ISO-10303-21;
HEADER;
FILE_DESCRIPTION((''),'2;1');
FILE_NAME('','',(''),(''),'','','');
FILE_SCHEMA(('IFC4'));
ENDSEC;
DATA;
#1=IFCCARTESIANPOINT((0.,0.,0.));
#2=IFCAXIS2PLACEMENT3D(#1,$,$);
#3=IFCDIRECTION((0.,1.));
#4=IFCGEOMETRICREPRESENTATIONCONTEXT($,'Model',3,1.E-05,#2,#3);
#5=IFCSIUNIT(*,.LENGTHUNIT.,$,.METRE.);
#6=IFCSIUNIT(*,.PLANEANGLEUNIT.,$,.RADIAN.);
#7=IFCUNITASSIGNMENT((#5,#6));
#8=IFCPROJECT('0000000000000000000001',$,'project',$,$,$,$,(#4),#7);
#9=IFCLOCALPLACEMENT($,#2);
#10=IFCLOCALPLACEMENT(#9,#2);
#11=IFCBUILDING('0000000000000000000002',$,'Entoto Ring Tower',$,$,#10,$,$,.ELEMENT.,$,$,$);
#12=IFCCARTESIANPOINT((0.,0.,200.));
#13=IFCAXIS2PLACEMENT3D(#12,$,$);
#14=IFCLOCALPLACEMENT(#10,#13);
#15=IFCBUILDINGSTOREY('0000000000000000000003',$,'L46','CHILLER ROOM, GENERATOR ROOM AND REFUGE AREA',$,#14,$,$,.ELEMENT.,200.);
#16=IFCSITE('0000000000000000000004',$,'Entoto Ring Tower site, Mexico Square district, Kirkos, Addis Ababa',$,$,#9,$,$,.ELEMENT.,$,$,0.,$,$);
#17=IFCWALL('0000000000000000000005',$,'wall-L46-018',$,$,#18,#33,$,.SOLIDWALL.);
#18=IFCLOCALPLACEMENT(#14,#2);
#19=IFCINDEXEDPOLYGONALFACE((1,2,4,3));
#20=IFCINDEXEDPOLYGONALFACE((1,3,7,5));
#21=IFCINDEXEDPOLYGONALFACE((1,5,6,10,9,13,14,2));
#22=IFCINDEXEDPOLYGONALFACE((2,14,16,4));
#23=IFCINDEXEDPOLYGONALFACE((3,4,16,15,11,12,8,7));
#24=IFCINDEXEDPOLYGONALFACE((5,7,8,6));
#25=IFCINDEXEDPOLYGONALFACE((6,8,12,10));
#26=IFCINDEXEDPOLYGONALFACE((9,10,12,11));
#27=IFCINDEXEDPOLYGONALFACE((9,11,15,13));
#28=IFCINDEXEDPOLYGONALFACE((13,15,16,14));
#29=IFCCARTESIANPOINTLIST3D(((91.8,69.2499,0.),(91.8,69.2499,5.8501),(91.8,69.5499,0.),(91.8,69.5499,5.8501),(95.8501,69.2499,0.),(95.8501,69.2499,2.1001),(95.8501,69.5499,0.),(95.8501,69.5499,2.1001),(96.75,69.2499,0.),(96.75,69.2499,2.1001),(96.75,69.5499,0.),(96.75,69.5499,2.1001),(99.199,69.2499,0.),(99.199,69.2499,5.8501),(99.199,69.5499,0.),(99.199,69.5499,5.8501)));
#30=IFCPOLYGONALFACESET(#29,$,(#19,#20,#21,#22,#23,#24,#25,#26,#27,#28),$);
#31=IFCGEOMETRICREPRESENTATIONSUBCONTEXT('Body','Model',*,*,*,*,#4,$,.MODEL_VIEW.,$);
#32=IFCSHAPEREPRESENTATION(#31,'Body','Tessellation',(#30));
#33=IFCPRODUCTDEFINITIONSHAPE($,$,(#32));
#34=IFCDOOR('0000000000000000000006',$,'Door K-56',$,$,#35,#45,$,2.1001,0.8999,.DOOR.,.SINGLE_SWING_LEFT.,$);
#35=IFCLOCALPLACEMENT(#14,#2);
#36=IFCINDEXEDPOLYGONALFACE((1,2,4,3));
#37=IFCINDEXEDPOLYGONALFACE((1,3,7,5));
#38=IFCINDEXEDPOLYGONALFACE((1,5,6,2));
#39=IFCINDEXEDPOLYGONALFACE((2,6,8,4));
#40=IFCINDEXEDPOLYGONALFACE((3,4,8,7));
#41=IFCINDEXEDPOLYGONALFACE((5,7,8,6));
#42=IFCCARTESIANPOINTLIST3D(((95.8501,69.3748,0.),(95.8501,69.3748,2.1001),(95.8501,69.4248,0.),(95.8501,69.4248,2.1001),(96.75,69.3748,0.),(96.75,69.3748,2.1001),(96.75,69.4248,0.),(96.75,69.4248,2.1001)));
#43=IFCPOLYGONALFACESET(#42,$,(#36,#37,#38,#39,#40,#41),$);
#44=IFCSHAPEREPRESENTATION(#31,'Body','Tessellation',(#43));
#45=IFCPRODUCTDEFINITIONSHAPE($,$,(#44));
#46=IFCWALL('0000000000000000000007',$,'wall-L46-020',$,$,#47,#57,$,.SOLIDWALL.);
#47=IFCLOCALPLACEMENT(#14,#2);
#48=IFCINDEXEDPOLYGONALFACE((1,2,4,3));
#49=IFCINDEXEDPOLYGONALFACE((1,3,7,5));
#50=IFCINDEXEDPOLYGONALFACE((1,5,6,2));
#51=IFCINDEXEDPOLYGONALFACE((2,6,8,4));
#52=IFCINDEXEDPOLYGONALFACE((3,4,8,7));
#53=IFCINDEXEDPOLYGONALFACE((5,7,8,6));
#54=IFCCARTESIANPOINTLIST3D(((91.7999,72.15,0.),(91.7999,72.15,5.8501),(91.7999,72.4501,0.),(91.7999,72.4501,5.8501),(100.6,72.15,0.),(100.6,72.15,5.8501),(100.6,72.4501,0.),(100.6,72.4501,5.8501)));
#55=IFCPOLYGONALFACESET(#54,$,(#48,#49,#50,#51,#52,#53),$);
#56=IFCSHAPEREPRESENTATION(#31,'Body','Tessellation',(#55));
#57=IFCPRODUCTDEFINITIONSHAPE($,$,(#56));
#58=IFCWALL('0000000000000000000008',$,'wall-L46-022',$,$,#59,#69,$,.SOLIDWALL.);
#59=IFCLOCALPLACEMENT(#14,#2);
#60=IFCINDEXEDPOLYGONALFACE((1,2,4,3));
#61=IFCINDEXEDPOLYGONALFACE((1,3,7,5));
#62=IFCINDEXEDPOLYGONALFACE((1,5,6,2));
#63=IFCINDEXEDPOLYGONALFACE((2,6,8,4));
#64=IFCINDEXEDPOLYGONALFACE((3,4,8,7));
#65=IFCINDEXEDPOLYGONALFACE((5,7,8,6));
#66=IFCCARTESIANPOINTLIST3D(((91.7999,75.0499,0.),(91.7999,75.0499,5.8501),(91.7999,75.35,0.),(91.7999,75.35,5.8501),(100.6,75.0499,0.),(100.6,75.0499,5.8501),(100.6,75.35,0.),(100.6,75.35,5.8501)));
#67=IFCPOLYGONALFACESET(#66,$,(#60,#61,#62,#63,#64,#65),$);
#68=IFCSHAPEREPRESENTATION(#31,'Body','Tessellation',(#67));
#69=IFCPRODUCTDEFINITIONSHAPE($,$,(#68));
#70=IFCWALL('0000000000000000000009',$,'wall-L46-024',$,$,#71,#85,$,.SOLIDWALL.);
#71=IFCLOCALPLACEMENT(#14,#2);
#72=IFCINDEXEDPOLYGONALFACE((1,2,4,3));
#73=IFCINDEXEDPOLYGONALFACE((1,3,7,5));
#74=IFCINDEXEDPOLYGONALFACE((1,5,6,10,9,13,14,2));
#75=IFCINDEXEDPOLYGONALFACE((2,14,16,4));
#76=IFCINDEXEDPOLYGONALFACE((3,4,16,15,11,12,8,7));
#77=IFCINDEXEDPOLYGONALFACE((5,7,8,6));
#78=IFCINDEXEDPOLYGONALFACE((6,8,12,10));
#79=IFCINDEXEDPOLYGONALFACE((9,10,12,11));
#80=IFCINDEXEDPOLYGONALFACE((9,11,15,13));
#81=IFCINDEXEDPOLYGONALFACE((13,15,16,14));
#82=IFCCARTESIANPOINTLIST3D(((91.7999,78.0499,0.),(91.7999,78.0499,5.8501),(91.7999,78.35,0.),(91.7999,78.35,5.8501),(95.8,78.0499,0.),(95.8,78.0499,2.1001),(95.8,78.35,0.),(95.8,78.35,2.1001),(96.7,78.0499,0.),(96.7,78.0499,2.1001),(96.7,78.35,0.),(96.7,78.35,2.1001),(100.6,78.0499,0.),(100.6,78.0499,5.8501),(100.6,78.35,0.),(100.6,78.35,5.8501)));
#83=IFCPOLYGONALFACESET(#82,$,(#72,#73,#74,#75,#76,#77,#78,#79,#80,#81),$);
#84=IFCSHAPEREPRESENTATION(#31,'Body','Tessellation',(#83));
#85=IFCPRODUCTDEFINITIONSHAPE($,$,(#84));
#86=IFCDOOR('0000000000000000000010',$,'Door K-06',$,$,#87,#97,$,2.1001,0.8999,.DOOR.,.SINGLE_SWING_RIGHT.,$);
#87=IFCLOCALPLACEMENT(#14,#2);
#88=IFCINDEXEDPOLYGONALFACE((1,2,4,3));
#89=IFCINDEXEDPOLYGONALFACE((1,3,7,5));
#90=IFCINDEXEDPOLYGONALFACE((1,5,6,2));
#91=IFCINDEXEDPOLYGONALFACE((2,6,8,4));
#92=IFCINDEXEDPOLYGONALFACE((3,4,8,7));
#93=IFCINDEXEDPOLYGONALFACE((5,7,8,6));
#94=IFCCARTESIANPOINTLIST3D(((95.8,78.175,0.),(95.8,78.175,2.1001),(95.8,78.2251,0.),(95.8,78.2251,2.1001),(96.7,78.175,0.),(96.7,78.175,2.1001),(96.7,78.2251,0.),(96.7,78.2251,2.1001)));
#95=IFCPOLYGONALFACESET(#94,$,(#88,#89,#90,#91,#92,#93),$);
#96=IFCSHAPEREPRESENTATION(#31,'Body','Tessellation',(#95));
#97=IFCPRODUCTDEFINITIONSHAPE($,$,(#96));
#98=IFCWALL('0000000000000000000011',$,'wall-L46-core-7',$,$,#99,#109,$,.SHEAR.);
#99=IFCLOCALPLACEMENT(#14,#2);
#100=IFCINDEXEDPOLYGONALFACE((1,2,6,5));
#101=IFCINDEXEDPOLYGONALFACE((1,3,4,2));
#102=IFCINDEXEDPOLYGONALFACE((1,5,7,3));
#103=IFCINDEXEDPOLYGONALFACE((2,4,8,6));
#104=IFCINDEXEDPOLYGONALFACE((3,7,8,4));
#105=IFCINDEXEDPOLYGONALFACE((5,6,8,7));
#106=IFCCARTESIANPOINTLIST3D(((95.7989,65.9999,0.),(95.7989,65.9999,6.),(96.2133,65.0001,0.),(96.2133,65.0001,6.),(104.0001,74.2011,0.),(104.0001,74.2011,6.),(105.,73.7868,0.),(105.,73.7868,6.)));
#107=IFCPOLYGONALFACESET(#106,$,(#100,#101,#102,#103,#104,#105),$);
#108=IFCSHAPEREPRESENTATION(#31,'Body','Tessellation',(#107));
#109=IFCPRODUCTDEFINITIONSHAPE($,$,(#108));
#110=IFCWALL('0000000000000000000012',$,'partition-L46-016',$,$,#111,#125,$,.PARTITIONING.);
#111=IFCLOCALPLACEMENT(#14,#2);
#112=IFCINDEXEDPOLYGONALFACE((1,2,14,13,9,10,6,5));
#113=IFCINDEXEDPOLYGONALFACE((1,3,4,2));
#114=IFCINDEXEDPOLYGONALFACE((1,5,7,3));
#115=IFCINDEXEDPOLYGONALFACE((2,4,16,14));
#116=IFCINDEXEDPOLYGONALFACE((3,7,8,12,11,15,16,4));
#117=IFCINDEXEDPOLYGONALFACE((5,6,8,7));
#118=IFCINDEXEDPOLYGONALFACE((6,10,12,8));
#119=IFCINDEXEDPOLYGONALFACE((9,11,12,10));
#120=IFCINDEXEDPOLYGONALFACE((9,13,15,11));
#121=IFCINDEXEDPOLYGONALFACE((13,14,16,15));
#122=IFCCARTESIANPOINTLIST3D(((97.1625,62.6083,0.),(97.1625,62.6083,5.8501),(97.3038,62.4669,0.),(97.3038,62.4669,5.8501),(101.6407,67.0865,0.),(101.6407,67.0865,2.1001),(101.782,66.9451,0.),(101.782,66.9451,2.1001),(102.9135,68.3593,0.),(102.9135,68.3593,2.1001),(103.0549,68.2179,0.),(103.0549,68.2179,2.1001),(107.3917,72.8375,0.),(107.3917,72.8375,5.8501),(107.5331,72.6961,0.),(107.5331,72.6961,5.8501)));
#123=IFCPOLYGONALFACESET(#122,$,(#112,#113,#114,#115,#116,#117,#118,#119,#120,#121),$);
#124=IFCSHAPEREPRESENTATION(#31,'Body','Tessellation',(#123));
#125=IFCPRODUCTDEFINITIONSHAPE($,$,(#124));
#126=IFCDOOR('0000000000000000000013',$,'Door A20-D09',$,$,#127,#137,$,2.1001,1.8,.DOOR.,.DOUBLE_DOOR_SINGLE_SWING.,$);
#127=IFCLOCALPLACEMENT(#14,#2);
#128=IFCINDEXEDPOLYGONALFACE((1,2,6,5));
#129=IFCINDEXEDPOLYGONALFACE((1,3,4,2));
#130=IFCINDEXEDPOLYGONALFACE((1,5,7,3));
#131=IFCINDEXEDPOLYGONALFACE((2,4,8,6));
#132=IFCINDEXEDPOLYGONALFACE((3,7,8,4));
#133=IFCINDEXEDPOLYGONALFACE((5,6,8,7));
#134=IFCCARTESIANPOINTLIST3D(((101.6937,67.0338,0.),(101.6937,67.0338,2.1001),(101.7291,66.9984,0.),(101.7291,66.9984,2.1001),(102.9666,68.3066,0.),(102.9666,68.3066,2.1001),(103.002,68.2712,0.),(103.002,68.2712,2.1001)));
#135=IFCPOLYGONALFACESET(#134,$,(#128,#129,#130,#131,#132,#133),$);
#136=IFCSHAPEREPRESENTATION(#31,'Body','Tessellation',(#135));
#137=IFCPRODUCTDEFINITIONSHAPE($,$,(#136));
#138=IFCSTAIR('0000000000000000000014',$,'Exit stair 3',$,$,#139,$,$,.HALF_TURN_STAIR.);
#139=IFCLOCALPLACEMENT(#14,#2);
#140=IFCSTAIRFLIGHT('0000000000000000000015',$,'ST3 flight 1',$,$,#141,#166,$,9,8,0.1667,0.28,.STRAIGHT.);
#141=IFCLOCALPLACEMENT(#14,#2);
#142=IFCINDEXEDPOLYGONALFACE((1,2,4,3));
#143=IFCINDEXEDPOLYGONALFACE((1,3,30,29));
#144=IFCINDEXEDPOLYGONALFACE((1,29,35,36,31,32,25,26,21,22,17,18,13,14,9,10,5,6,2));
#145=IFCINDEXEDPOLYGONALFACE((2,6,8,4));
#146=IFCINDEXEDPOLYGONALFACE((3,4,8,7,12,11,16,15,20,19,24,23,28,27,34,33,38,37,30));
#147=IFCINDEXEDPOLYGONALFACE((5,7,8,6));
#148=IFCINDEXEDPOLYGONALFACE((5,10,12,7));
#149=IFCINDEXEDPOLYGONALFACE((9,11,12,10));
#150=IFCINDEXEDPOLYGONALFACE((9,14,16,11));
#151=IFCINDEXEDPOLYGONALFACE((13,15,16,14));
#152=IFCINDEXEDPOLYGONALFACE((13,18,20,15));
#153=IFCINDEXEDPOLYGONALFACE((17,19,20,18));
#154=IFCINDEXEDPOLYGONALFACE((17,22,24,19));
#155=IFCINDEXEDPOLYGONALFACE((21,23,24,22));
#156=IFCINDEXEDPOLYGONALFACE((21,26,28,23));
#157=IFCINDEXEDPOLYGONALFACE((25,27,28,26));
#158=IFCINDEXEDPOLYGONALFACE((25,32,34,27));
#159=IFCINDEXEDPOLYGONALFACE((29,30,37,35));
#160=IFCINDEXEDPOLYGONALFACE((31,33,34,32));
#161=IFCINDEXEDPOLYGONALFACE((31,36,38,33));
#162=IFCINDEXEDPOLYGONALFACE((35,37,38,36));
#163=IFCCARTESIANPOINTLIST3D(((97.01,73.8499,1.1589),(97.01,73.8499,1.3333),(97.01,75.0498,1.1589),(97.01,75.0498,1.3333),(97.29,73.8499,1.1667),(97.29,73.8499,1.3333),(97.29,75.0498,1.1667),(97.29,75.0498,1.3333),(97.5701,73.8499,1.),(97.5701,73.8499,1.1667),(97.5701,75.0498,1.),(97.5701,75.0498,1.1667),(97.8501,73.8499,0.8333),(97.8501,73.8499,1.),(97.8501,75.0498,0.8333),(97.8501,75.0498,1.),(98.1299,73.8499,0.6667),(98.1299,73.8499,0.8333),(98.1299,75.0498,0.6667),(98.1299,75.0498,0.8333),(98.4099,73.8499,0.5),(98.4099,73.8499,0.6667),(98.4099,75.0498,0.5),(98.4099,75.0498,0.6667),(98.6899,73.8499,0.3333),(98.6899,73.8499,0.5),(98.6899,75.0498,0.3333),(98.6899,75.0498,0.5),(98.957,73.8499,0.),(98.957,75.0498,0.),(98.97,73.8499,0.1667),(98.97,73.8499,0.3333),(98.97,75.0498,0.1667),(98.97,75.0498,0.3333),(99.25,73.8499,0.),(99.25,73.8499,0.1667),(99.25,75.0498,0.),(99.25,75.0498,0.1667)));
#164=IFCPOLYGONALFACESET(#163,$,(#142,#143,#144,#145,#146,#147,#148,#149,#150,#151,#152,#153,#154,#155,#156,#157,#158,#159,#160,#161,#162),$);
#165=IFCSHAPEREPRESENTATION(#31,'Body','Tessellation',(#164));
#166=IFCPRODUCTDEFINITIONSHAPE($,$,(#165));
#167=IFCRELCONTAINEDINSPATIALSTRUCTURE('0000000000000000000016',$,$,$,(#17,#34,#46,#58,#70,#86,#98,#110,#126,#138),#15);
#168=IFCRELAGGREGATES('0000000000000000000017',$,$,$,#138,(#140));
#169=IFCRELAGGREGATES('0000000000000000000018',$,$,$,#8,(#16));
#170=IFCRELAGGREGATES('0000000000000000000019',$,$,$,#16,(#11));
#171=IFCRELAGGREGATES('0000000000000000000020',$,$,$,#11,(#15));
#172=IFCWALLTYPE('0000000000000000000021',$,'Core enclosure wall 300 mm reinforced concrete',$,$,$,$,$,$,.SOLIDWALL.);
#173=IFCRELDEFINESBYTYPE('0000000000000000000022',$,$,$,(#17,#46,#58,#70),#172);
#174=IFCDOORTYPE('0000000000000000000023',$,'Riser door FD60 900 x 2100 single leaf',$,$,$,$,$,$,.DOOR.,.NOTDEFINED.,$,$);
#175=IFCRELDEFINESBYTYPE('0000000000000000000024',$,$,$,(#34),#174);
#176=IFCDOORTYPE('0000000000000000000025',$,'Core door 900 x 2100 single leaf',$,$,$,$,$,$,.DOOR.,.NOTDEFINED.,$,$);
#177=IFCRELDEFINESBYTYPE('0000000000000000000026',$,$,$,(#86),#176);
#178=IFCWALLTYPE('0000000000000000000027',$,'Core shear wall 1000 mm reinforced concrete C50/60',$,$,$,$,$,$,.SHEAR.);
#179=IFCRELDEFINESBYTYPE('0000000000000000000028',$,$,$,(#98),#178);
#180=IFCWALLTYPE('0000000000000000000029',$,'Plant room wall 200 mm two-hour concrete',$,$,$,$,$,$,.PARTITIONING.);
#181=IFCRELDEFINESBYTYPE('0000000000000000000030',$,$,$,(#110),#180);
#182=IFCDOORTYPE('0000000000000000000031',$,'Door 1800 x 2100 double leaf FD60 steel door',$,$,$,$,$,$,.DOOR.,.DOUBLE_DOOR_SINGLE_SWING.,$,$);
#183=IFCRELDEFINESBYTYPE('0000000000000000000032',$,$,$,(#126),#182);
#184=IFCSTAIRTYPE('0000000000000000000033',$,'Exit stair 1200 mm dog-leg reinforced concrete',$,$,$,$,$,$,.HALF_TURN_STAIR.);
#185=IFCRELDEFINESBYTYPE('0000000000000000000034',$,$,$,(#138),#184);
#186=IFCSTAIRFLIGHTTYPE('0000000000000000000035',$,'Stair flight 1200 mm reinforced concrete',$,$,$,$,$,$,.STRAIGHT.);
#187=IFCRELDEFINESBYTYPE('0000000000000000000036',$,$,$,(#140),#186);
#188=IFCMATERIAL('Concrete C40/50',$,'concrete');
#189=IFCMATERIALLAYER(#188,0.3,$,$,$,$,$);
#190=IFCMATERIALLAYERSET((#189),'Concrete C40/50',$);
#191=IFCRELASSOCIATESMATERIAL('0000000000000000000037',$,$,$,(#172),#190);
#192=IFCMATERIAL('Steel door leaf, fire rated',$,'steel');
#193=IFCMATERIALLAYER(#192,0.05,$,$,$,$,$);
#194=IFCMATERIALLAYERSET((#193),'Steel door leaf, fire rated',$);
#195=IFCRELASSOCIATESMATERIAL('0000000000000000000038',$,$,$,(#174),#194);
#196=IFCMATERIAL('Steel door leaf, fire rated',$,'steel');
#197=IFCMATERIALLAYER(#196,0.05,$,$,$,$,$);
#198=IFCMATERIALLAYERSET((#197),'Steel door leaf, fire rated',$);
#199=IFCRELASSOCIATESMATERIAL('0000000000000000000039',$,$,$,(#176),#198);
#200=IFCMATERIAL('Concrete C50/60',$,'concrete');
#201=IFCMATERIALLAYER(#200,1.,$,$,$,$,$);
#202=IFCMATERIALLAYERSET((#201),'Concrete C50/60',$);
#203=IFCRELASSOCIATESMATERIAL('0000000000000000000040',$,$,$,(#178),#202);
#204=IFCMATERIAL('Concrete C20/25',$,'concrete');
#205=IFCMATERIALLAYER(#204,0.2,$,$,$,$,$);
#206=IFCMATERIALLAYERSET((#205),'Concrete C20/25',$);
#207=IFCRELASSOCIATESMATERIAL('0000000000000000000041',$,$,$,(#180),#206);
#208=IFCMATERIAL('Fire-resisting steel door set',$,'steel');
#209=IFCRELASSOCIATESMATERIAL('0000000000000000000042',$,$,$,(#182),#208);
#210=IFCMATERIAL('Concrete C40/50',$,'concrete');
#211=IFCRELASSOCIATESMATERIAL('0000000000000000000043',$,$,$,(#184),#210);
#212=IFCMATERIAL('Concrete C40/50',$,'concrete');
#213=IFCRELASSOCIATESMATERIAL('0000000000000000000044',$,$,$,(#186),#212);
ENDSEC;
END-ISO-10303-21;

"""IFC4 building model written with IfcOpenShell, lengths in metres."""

from ifc_helpers import new_model, si_unit, direction, frame, frame_2d, origin, place, context, subcontext, project, spatial, polyline, rectangle, outline, extrude, material, layer, layer_set, type_object, element, fill, aggregate, save


model = new_model("IFC4")

# Units and contexts
model_context = context("Model", 3, precision=1e-05, world=origin(), true_north=direction((0.0, 1.0)))
body_context = subcontext(model_context, "Body", "Model", "MODEL_VIEW")
ifc_project = project(units=[si_unit("LENGTHUNIT", "METRE"), si_unit("PLANEANGLEUNIT", "RADIAN")], contexts=[model_context])

# Site, building, storey
site_placement = place(None, origin())
site = spatial("IfcSite", under=ifc_project, at=site_placement, Name="Entoto Ring Tower site, Mexico Square district, Kirkos, Addis Ababa", CompositionType="ELEMENT", RefElevation=0.0)
building_placement = place(site_placement, origin())
building = spatial("IfcBuilding", under=site, at=building_placement, Name="Entoto Ring Tower", CompositionType="ELEMENT")
storey_placement = place(building_placement, frame((0.0, 0.0, 200.0)))
storey = spatial("IfcBuildingStorey", under=building, at=storey_placement, Name="L46", Description="CHILLER ROOM, GENERATOR ROOM AND REFUGE AREA", CompositionType="ELEMENT", Elevation=200.0)

# Shared definitions
ifc_material_1 = material(Name="Concrete C40/50", Category="concrete")
ifc_layer_1 = layer(ifc_material_1, 0.3)
ifc_layer_set_1 = layer_set([ifc_layer_1], Name="Concrete C40/50")
wall_type_1 = type_object("IfcWallType", Name="Core enclosure wall 300 mm reinforced concrete", PredefinedType="SOLIDWALL", material=ifc_layer_set_1)

# Wall, opening, door
wall_1_placement = place(storey_placement, frame((91.8, 69.3999, 0.0), z_axis=(0.0, 0.0, 1.0), x_axis=(1.0, 0.0, 0.0)))
wall_1 = element("IfcWall", 1, at=wall_1_placement, inside=storey, type_object=wall_type_1, Name="wall-L46-018", PredefinedType="SOLIDWALL", context=body_context, shape_type="SweptSolid", body=[
    extrude(rectangle(XDim=7.3989, YDim=0.3, at=frame_2d((3.6995, 0.0))), origin(), (0.0, 0.0, 1.0), 5.8501),
])
opening_1_placement = place(wall_1_placement, frame((4.05, 0.0, 0.0)))
opening_1 = element("IfcOpeningElement", 2, at=opening_1_placement, cuts=wall_1, PredefinedType="OPENING", context=body_context, shape_type="SweptSolid", body=[
    extrude(rectangle(XDim=0.8999, YDim=2.1001, at=frame_2d((0.45, 1.05))), frame((0.0, 0.1602, 0.0), z_axis=(0.0, -1.0, 0.0), x_axis=(1.0, 0.0, 0.0)), (0.0, 0.0, 1.0), 0.3201),
])
ifc_material_2 = material(Name="Steel door leaf, fire rated", Category="steel")
ifc_layer_2 = layer(ifc_material_2, 0.05)
ifc_layer_set_2 = layer_set([ifc_layer_2], Name="Steel door leaf, fire rated")
door_type_1 = type_object("IfcDoorType", Name="Riser door FD60 900 x 2100 single leaf", OperationType="NOTDEFINED", PredefinedType="DOOR", material=ifc_layer_set_2)
door_1_placement = place(opening_1_placement, origin())
door_1 = element("IfcDoor", 3, at=door_1_placement, inside=storey, type_object=door_type_1, Name="Door K-56", OperationType="SINGLE_SWING_LEFT", OverallHeight=2.1001, OverallWidth=0.8999, PredefinedType="DOOR", context=body_context, shape_type="SweptSolid", body=[
    extrude(rectangle(XDim=0.8999, YDim=2.1001, at=frame_2d((0.45, 1.05))), frame((0.0, 0.0249, 0.0), z_axis=(0.0, -1.0, 0.0), x_axis=(1.0, 0.0, 0.0)), (0.0, 0.0, 1.0), 0.05),
])
fill(opening_1, door_1)

# Walls
for number, where, z_axis, x_axis, name in (
    (4, (91.8, 72.3, 0.0), (0.0, 0.0, 1.0), (1.0, 0.0, 0.0), "wall-L46-020"),
    (5, (91.8, 75.2, 0.0), (0.0, 0.0, 1.0), (1.0, 0.0, 0.0), "wall-L46-022"),
):
    element("IfcWall", number, at=place(storey_placement, frame(where, z_axis=z_axis, x_axis=x_axis)), inside=storey, type_object=wall_type_1, Name=name, PredefinedType="SOLIDWALL", context=body_context, shape_type="SweptSolid", body=[
        extrude(rectangle(XDim=8.8, YDim=0.3, at=frame_2d((4.3999, 0.0))), origin(), (0.0, 0.0, 1.0), 5.8501),
    ])

# Wall, opening, door
wall_2_placement = place(storey_placement, frame((91.8, 78.2, 0.0), z_axis=(0.0, 0.0, 1.0), x_axis=(1.0, 0.0, 0.0)))
wall_2 = element("IfcWall", 6, at=wall_2_placement, inside=storey, type_object=wall_type_1, Name="wall-L46-024", PredefinedType="SOLIDWALL", context=body_context, shape_type="SweptSolid", body=[
    extrude(rectangle(XDim=8.8, YDim=0.3, at=frame_2d((4.3999, 0.0))), origin(), (0.0, 0.0, 1.0), 5.8501),
])
opening_2_placement = place(wall_2_placement, frame((4.0, 0.0, 0.0)))
opening_2 = element("IfcOpeningElement", 7, at=opening_2_placement, cuts=wall_2, PredefinedType="OPENING", context=body_context, shape_type="SweptSolid", body=[
    extrude(rectangle(XDim=0.8999, YDim=2.1001, at=frame_2d((0.45, 1.05))), frame((0.0, 0.1602, 0.0), z_axis=(0.0, -1.0, 0.0), x_axis=(1.0, 0.0, 0.0)), (0.0, 0.0, 1.0), 0.3201),
])
ifc_material_3 = material(Name="Steel door leaf, fire rated", Category="steel")
ifc_layer_3 = layer(ifc_material_3, 0.05)
ifc_layer_set_3 = layer_set([ifc_layer_3], Name="Steel door leaf, fire rated")
door_type_2 = type_object("IfcDoorType", Name="Core door 900 x 2100 single leaf", OperationType="NOTDEFINED", PredefinedType="DOOR", material=ifc_layer_set_3)
door_2_placement = place(opening_2_placement, frame((0.8999, 0.0, 0.0), z_axis=(0.0, 0.0, 1.0), x_axis=(-1.0, 0.0, 0.0)))
door_2 = element("IfcDoor", 8, at=door_2_placement, inside=storey, type_object=door_type_2, Name="Door K-06", OperationType="SINGLE_SWING_RIGHT", OverallHeight=2.1001, OverallWidth=0.8999, PredefinedType="DOOR", context=body_context, shape_type="SweptSolid", body=[
    extrude(rectangle(XDim=0.8999, YDim=2.1001, at=frame_2d((0.45, 1.05))), frame((0.0, 0.0249, 0.0), z_axis=(0.0, -1.0, 0.0), x_axis=(1.0, 0.0, 0.0)), (0.0, 0.0, 1.0), 0.05),
])
fill(opening_2, door_2)

# Wall
ifc_material_4 = material(Name="Concrete C50/60", Category="concrete")
ifc_layer_4 = layer(ifc_material_4, 1.0)
ifc_layer_set_4 = layer_set([ifc_layer_4], Name="Concrete C50/60")
wall_type_2 = type_object("IfcWallType", Name="Core shear wall 1000 mm reinforced concrete C50/60", PredefinedType="SHEAR", material=ifc_layer_set_4)
wall_3_placement = place(storey_placement, frame((96.0061, 65.5, 0.0), z_axis=(0.0, 0.0, 1.0), x_axis=(0.707107, 0.707107, 0.0)))
element("IfcWall", 9, at=wall_3_placement, inside=storey, type_object=wall_type_2, Name="wall-L46-core-7", PredefinedType="SHEAR", context=body_context, shape_type="SweptSolid", body=[
    extrude(outline(polyline([(-0.207, -0.5), (12.2192, -0.5), (11.8052, 0.5), (0.207, 0.5), (-0.207, -0.5)])), origin(), (0.0, 0.0, 1.0), 6.0),
])

# Wall, opening, door
ifc_material_5 = material(Name="Concrete C20/25", Category="concrete")
ifc_layer_5 = layer(ifc_material_5, 0.2)
ifc_layer_set_5 = layer_set([ifc_layer_5], Name="Concrete C20/25")
wall_type_3 = type_object("IfcWallType", Name="Plant room wall 200 mm two-hour concrete", PredefinedType="PARTITIONING", material=ifc_layer_set_5)
wall_4_placement = place(storey_placement, frame((97.2332, 62.5376, 0.0), z_axis=(0.0, 0.0, 1.0), x_axis=(0.707107, 0.707107, 0.0)))
wall_4 = element("IfcWall", 10, at=wall_4_placement, inside=storey, type_object=wall_type_3, Name="partition-L46-016", PredefinedType="PARTITIONING", context=body_context, shape_type="SweptSolid", body=[
    extrude(rectangle(XDim=14.4663, YDim=0.2, at=frame_2d((7.2332, 0.0))), origin(), (0.0, 0.0, 1.0), 5.8501),
])
opening_3_placement = place(wall_4_placement, frame((6.3333, 0.0, 0.0)))
opening_3 = element("IfcOpeningElement", 11, at=opening_3_placement, cuts=wall_4, PredefinedType="OPENING", context=body_context, shape_type="SweptSolid", body=[
    extrude(rectangle(XDim=1.8, YDim=2.1001, at=frame_2d((0.8999, 1.05))), frame((0.0, 0.1099, 0.0), z_axis=(0.0, -1.0, 0.0), x_axis=(1.0, 0.0, 0.0)), (0.0, 0.0, 1.0), 0.22),
])
ifc_material_6 = material(Name="Fire-resisting steel door set", Category="steel")
door_type_3 = type_object("IfcDoorType", Name="Door 1800 x 2100 double leaf FD60 steel door", OperationType="DOUBLE_DOOR_SINGLE_SWING", PredefinedType="DOOR", material=ifc_material_6)
door_3_placement = place(opening_3_placement, frame((1.8, 0.0, 0.0), z_axis=(0.0, 0.0, 1.0), x_axis=(-1.0, 0.0, 0.0)))
door_3 = element("IfcDoor", 12, at=door_3_placement, inside=storey, type_object=door_type_3, Name="Door A20-D09", OperationType="DOUBLE_DOOR_SINGLE_SWING", OverallHeight=2.1001, OverallWidth=1.8, PredefinedType="DOOR", context=body_context, shape_type="SweptSolid", body=[
    extrude(rectangle(XDim=1.8, YDim=2.1001, at=frame_2d((0.8999, 1.05))), frame((0.0, 0.0249, 0.0), z_axis=(0.0, -1.0, 0.0), x_axis=(1.0, 0.0, 0.0)), (0.0, 0.0, 1.0), 0.05),
])
fill(opening_3, door_3)

# Stair, stair flight
ifc_material_7 = material(Name="Concrete C40/50", Category="concrete")
stair_type = type_object("IfcStairType", Name="Exit stair 1200 mm dog-leg reinforced concrete", PredefinedType="HALF_TURN_STAIR", material=ifc_material_7)
stair_placement = place(storey_placement, origin())
stair = element("IfcStair", 13, at=stair_placement, inside=storey, type_object=stair_type, Name="Exit stair 3", PredefinedType="HALF_TURN_STAIR")
ifc_material_8 = material(Name="Concrete C40/50", Category="concrete")
stair_flight_type = type_object("IfcStairFlightType", Name="Stair flight 1200 mm reinforced concrete", PredefinedType="STRAIGHT", material=ifc_material_8)
stair_flight_1_placement = place(storey_placement, frame((99.25, 74.45, 0.0), z_axis=(0.0, 0.0, 1.0), x_axis=(-1.0, 0.0, 0.0)))
stair_flight_1 = element("IfcStairFlight", 14, at=stair_flight_1_placement, type_object=stair_flight_type, Name="ST3 flight 1", NumberOfRisers=9, NumberOfTreads=8, PredefinedType="STRAIGHT", RiserHeight=0.1667, TreadLength=0.28, context=body_context, shape_type="SweptSolid", body=[
    extrude(outline(polyline([(0.0, 0.0), (0.0, 0.1667), (0.28, 0.1667), (0.28, 0.3333), (0.5601, 0.3333), (0.5601, 0.5), (0.8401, 0.5), (0.8401, 0.6667), (1.1201, 0.6667), (1.1201, 0.8333), (1.3999, 0.8333), (1.3999, 1.0), (1.6799, 1.0), (1.6799, 1.1667), (1.96, 1.1667), (1.96, 1.3333), (2.24, 1.3333), (2.24, 1.5), (2.24, 1.1589), (0.293, 0.0), (0.0, 0.0)])), frame((0.0, 0.6001, 0.0), z_axis=(0.0, -1.0, 0.0), x_axis=(1.0, 0.0, 0.0)), (0.0, 0.0, 1.0), 1.2),
])
aggregate(stair, [stair_flight_1])

save(model, "model.ifc")
